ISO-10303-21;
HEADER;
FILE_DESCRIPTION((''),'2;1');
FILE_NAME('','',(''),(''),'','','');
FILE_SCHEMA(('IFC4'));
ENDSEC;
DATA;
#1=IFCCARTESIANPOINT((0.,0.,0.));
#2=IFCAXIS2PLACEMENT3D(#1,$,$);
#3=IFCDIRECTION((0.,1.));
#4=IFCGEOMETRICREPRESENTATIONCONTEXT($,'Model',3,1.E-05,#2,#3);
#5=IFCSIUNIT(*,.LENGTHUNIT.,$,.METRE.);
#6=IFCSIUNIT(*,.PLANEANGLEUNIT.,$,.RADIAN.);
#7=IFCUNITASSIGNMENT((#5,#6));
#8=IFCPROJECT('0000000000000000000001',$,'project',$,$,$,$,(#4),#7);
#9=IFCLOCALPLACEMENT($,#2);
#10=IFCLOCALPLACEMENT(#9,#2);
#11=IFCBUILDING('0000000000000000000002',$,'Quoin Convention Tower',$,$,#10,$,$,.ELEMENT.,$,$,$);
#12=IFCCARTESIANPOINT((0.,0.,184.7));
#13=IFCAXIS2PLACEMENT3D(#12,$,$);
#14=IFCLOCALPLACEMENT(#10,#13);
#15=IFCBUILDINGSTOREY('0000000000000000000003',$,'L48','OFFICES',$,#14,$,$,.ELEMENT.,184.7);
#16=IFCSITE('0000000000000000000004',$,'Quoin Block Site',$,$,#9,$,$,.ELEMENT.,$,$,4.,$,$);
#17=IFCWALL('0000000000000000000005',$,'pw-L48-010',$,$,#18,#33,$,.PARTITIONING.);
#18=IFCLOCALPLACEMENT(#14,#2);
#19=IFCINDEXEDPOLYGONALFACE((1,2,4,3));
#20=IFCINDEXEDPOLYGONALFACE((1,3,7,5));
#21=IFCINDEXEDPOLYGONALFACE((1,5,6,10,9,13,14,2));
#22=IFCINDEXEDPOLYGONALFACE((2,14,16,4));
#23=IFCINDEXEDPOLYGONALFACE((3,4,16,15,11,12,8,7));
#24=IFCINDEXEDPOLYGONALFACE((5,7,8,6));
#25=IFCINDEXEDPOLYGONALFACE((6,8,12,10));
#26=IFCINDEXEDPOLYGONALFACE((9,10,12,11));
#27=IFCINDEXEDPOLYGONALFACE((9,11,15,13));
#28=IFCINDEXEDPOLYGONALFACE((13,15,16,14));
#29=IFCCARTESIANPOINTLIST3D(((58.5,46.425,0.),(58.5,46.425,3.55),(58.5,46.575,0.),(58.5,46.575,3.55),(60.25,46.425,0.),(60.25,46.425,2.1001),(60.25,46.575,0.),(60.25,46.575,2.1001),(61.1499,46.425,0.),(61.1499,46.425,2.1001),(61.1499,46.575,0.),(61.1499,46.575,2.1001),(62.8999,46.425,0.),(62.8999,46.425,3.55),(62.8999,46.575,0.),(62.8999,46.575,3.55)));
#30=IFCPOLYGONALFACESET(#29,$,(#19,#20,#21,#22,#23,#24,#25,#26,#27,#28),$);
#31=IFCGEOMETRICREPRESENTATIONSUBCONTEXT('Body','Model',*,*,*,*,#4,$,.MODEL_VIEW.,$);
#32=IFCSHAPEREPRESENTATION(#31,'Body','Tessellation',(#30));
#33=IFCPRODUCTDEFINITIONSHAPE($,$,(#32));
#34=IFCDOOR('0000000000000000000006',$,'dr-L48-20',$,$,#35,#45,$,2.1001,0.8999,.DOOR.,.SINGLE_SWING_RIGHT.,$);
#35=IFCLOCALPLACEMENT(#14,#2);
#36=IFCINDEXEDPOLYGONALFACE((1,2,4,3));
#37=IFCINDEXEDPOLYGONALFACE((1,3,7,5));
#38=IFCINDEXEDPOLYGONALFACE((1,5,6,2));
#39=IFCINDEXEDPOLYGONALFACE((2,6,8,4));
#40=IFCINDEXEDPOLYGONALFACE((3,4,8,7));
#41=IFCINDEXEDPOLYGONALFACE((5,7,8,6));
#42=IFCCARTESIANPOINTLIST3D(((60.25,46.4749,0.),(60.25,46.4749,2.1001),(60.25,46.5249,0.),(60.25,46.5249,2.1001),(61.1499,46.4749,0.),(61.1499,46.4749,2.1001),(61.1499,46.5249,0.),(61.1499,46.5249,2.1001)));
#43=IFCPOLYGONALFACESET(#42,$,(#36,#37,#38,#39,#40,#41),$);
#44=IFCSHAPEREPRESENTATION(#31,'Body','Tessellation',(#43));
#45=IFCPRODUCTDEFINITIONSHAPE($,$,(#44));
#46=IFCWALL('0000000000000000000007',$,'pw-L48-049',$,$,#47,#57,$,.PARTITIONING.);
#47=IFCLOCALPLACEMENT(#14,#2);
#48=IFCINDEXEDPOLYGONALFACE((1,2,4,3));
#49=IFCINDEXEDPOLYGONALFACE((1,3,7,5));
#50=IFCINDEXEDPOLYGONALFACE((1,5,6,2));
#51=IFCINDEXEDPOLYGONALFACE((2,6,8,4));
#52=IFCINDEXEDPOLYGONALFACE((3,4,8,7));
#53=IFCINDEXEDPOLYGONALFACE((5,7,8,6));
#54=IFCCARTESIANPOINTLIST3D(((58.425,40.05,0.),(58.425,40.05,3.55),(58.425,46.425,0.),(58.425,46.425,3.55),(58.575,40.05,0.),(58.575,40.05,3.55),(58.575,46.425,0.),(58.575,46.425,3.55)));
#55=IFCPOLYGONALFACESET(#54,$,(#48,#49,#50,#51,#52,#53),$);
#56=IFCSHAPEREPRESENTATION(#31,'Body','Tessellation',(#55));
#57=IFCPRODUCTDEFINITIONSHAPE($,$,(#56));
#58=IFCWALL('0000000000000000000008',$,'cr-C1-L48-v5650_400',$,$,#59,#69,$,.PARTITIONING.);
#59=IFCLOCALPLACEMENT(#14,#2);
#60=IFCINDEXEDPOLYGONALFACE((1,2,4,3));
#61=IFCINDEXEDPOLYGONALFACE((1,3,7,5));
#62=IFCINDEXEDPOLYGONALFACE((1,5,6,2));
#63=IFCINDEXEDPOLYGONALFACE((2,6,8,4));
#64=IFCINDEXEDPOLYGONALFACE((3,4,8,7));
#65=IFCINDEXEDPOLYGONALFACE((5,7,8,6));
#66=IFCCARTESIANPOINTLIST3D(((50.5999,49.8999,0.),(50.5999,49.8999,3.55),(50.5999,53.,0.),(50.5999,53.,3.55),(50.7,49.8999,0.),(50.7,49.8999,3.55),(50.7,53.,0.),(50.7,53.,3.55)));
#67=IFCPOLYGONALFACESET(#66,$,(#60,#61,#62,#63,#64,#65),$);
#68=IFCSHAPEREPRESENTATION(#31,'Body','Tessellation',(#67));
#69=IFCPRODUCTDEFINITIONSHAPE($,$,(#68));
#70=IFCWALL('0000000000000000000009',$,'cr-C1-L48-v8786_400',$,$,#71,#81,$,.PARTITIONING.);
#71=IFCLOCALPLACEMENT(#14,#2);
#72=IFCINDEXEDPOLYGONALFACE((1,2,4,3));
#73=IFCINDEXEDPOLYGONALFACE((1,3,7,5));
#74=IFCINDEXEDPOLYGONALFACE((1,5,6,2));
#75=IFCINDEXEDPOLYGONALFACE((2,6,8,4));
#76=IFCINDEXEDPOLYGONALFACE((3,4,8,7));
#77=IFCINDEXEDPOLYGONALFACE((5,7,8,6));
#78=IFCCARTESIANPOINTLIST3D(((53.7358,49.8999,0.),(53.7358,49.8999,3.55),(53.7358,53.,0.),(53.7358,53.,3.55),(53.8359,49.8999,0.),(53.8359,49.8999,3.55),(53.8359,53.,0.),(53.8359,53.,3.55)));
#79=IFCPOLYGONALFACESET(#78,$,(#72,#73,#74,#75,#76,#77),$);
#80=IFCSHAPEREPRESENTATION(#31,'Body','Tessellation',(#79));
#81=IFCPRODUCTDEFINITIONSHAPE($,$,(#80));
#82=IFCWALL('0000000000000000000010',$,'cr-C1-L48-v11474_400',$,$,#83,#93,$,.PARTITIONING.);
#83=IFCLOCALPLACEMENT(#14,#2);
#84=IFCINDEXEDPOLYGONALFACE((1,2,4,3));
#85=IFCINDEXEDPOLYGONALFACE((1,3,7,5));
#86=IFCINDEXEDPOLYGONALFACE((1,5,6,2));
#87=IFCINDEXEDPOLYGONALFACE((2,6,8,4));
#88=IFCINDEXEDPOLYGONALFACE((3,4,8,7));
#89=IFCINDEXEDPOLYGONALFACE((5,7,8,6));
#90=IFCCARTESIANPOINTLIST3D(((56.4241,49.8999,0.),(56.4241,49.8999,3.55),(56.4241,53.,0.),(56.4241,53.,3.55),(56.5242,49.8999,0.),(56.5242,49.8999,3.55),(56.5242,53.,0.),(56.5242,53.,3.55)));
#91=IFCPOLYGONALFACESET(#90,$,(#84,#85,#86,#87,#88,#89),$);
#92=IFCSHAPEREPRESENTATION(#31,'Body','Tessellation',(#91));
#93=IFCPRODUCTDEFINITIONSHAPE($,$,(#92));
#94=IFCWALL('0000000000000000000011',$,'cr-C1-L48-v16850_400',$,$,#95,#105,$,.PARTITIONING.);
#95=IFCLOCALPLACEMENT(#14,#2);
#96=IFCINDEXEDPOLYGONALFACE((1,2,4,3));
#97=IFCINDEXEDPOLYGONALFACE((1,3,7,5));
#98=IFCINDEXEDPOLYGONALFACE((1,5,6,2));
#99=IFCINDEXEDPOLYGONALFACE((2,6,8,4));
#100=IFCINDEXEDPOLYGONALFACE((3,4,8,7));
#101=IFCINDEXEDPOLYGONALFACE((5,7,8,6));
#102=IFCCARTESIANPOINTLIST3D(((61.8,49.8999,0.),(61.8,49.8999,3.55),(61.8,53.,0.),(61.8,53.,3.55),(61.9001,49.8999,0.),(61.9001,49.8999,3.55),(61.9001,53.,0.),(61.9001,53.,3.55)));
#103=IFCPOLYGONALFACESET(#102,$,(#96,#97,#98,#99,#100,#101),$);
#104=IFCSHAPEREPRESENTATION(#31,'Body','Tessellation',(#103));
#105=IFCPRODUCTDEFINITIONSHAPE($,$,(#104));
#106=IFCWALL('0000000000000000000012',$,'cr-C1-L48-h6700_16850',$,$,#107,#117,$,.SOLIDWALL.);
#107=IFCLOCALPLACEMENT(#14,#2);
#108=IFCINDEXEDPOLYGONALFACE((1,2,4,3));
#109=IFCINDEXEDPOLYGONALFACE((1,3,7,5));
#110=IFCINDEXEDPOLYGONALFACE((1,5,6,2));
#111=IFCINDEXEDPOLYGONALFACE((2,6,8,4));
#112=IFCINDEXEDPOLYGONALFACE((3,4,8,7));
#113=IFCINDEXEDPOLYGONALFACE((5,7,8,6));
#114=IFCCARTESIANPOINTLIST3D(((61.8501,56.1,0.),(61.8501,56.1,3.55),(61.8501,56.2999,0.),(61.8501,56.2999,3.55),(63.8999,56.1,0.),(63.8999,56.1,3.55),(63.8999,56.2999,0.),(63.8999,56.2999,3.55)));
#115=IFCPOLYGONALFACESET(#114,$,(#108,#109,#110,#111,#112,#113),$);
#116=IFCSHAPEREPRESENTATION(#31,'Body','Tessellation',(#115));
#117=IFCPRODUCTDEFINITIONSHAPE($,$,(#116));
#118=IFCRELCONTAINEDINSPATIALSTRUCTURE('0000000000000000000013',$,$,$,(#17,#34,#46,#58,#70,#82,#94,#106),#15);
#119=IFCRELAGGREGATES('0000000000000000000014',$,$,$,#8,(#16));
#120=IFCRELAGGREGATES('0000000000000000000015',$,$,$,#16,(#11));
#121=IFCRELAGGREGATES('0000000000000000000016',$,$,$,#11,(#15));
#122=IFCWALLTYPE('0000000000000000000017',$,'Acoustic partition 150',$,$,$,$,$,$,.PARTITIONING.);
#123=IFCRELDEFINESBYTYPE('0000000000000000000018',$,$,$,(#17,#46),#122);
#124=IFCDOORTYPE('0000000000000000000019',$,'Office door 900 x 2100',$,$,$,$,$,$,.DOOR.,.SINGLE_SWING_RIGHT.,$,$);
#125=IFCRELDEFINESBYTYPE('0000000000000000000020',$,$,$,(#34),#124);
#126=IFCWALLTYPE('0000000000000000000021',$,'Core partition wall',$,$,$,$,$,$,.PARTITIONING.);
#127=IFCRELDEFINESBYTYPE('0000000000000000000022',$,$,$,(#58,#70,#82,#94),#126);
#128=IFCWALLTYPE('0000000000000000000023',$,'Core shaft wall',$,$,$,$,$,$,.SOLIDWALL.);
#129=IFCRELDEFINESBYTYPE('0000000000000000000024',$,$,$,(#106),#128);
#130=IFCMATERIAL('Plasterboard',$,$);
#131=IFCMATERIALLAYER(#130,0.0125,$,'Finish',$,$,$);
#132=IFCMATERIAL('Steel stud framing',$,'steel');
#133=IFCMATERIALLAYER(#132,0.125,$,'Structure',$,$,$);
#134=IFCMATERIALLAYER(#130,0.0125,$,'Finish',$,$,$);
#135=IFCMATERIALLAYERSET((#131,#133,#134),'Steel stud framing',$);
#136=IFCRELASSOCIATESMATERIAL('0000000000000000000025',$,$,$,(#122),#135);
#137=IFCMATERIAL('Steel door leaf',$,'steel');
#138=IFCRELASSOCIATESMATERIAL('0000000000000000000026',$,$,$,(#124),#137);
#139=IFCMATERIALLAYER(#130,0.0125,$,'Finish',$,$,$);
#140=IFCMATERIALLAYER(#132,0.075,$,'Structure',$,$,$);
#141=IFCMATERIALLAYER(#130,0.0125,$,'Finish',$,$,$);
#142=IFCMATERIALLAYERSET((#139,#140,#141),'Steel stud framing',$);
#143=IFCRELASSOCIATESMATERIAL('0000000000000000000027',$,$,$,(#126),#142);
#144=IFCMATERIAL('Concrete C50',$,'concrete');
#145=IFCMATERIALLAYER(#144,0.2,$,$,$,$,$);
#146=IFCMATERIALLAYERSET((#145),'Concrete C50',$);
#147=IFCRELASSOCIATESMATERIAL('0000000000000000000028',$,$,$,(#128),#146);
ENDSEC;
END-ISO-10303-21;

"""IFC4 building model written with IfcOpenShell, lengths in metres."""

from ifc_helpers import new_model, si_unit, direction, frame, frame_2d, origin, place, context, subcontext, project, spatial, rectangle, extrude, material, layer, layer_set, type_object, element, fill, save


model = new_model("IFC4")

# Units and contexts
model_context = context("Model", 3, precision=1e-05, world=origin(), true_north=direction((0.0, 1.0)))
body_context = subcontext(model_context, "Body", "Model", "MODEL_VIEW")
ifc_project = project(units=[si_unit("LENGTHUNIT", "METRE"), si_unit("PLANEANGLEUNIT", "RADIAN")], contexts=[model_context])

# Site, building, storey
site_placement = place(None, origin())
site = spatial("IfcSite", under=ifc_project, at=site_placement, Name="Quoin Block Site", CompositionType="ELEMENT", RefElevation=4.0)
building_placement = place(site_placement, origin())
building = spatial("IfcBuilding", under=site, at=building_placement, Name="Quoin Convention Tower", CompositionType="ELEMENT")
storey_placement = place(building_placement, frame((0.0, 0.0, 184.7)))
storey = spatial("IfcBuildingStorey", under=building, at=storey_placement, Name="L48", Description="OFFICES", CompositionType="ELEMENT", Elevation=184.7)

# Shared definitions
ifc_material_1 = material(Name="Concrete C50", Category="concrete")

# Wall, opening, door
ifc_material_2 = material(Name="Plasterboard")
ifc_layer_1 = layer(ifc_material_2, 0.0125, Name="Finish")
ifc_material_3 = material(Name="Steel stud framing", Category="steel")
ifc_layer_2 = layer(ifc_material_3, 0.125, Name="Structure")
ifc_layer_3 = layer(ifc_material_2, 0.0125, Name="Finish")
ifc_layer_set_1 = layer_set([ifc_layer_1, ifc_layer_2, ifc_layer_3], Name="Steel stud framing")
wall_type_1 = type_object("IfcWallType", Name="Acoustic partition 150", PredefinedType="PARTITIONING", material=ifc_layer_set_1)
wall_1_placement = place(storey_placement, frame((58.5, 46.5, 0.0), z_axis=(0.0, 0.0, 1.0), x_axis=(1.0, 0.0, 0.0)))
wall_1 = element("IfcWall", 1, at=wall_1_placement, inside=storey, type_object=wall_type_1, Name="pw-L48-010", PredefinedType="PARTITIONING", context=body_context, shape_type="SweptSolid", body=[
    extrude(rectangle(XDim=4.3999, YDim=0.1499, at=frame_2d((2.2, 0.0))), origin(), (0.0, 0.0, 1.0), 3.55),
])
opening_1_placement = place(wall_1_placement, frame((1.75, 0.0, 0.0)))
opening_1 = element("IfcOpeningElement", 2, at=opening_1_placement, cuts=wall_1, PredefinedType="OPENING", context=body_context, shape_type="SweptSolid", body=[
    extrude(rectangle(XDim=0.8999, YDim=2.1001, at=frame_2d((0.45, 1.05))), frame((0.0, 0.085, 0.0), z_axis=(0.0, -1.0, 0.0), x_axis=(1.0, 0.0, 0.0)), (0.0, 0.0, 1.0), 0.1699),
])
ifc_material_4 = material(Name="Steel door leaf", Category="steel")
door_type_1 = type_object("IfcDoorType", Name="Office door 900 x 2100", OperationType="SINGLE_SWING_RIGHT", PredefinedType="DOOR", material=ifc_material_4)
door_1_placement = place(opening_1_placement, origin())
door_1 = element("IfcDoor", 3, at=door_1_placement, inside=storey, type_object=door_type_1, Name="dr-L48-20", OperationType="SINGLE_SWING_RIGHT", OverallHeight=2.1001, OverallWidth=0.8999, PredefinedType="DOOR", context=body_context, shape_type="SweptSolid", body=[
    extrude(rectangle(XDim=0.8999, YDim=2.1001, at=frame_2d((0.45, 1.05))), frame((0.0, 0.0249, 0.0), z_axis=(0.0, -1.0, 0.0), x_axis=(1.0, 0.0, 0.0)), (0.0, 0.0, 1.0), 0.05),
])
fill(opening_1, door_1)

# Walls
wall_2_placement = place(storey_placement, frame((58.5, 40.05, 0.0), z_axis=(0.0, 0.0, 1.0), x_axis=(0.0, 1.0, 0.0)))
element("IfcWall", 4, at=wall_2_placement, inside=storey, type_object=wall_type_1, Name="pw-L48-049", PredefinedType="PARTITIONING", context=body_context, shape_type="SweptSolid", body=[
    extrude(rectangle(XDim=6.375, YDim=0.1499, at=frame_2d((3.1875, 0.0))), origin(), (0.0, 0.0, 1.0), 3.55),
])
ifc_layer_4 = layer(ifc_material_2, 0.0125, Name="Finish")
ifc_layer_5 = layer(ifc_material_3, 0.075, Name="Structure")
ifc_layer_6 = layer(ifc_material_2, 0.0125, Name="Finish")
ifc_layer_set_2 = layer_set([ifc_layer_4, ifc_layer_5, ifc_layer_6], Name="Steel stud framing")
wall_type_2 = type_object("IfcWallType", Name="Core partition wall", PredefinedType="PARTITIONING", material=ifc_layer_set_2)
for number, where, z_axis, x_axis, name in (
    (5, (50.6499, 49.8999, 0.0), (0.0, 0.0, 1.0), (0.0, 1.0, 0.0), "cr-C1-L48-v5650_400"),
    (6, (53.7859, 49.8999, 0.0), (0.0, 0.0, 1.0), (0.0, 1.0, 0.0), "cr-C1-L48-v8786_400"),
    (7, (56.4741, 49.8999, 0.0), (0.0, 0.0, 1.0), (0.0, 1.0, 0.0), "cr-C1-L48-v11474_400"),
    (8, (61.8501, 49.8999, 0.0), (0.0, 0.0, 1.0), (0.0, 1.0, 0.0), "cr-C1-L48-v16850_400"),
):
    element("IfcWall", number, at=place(storey_placement, frame(where, z_axis=z_axis, x_axis=x_axis)), inside=storey, type_object=wall_type_2, Name=name, PredefinedType="PARTITIONING", context=body_context, shape_type="SweptSolid", body=[
        extrude(rectangle(XDim=3.1001, YDim=0.1001, at=frame_2d((1.55, 0.0))), origin(), (0.0, 0.0, 1.0), 3.55),
    ])
ifc_layer_7 = layer(ifc_material_1, 0.2)
ifc_layer_set_3 = layer_set([ifc_layer_7], Name="Concrete C50")
wall_type_3 = type_object("IfcWallType", Name="Core shaft wall", PredefinedType="SOLIDWALL", material=ifc_layer_set_3)
wall_3_placement = place(storey_placement, frame((61.8501, 56.2, 0.0), z_axis=(0.0, 0.0, 1.0), x_axis=(1.0, 0.0, 0.0)))
element("IfcWall", 9, at=wall_3_placement, inside=storey, type_object=wall_type_3, Name="cr-C1-L48-h6700_16850", PredefinedType="SOLIDWALL", context=body_context, shape_type="SweptSolid", body=[
    extrude(rectangle(XDim=2.0498, YDim=0.2, at=frame_2d((1.0249, 0.0))), origin(), (0.0, 0.0, 1.0), 3.55),
])

save(model, "model.ifc")
